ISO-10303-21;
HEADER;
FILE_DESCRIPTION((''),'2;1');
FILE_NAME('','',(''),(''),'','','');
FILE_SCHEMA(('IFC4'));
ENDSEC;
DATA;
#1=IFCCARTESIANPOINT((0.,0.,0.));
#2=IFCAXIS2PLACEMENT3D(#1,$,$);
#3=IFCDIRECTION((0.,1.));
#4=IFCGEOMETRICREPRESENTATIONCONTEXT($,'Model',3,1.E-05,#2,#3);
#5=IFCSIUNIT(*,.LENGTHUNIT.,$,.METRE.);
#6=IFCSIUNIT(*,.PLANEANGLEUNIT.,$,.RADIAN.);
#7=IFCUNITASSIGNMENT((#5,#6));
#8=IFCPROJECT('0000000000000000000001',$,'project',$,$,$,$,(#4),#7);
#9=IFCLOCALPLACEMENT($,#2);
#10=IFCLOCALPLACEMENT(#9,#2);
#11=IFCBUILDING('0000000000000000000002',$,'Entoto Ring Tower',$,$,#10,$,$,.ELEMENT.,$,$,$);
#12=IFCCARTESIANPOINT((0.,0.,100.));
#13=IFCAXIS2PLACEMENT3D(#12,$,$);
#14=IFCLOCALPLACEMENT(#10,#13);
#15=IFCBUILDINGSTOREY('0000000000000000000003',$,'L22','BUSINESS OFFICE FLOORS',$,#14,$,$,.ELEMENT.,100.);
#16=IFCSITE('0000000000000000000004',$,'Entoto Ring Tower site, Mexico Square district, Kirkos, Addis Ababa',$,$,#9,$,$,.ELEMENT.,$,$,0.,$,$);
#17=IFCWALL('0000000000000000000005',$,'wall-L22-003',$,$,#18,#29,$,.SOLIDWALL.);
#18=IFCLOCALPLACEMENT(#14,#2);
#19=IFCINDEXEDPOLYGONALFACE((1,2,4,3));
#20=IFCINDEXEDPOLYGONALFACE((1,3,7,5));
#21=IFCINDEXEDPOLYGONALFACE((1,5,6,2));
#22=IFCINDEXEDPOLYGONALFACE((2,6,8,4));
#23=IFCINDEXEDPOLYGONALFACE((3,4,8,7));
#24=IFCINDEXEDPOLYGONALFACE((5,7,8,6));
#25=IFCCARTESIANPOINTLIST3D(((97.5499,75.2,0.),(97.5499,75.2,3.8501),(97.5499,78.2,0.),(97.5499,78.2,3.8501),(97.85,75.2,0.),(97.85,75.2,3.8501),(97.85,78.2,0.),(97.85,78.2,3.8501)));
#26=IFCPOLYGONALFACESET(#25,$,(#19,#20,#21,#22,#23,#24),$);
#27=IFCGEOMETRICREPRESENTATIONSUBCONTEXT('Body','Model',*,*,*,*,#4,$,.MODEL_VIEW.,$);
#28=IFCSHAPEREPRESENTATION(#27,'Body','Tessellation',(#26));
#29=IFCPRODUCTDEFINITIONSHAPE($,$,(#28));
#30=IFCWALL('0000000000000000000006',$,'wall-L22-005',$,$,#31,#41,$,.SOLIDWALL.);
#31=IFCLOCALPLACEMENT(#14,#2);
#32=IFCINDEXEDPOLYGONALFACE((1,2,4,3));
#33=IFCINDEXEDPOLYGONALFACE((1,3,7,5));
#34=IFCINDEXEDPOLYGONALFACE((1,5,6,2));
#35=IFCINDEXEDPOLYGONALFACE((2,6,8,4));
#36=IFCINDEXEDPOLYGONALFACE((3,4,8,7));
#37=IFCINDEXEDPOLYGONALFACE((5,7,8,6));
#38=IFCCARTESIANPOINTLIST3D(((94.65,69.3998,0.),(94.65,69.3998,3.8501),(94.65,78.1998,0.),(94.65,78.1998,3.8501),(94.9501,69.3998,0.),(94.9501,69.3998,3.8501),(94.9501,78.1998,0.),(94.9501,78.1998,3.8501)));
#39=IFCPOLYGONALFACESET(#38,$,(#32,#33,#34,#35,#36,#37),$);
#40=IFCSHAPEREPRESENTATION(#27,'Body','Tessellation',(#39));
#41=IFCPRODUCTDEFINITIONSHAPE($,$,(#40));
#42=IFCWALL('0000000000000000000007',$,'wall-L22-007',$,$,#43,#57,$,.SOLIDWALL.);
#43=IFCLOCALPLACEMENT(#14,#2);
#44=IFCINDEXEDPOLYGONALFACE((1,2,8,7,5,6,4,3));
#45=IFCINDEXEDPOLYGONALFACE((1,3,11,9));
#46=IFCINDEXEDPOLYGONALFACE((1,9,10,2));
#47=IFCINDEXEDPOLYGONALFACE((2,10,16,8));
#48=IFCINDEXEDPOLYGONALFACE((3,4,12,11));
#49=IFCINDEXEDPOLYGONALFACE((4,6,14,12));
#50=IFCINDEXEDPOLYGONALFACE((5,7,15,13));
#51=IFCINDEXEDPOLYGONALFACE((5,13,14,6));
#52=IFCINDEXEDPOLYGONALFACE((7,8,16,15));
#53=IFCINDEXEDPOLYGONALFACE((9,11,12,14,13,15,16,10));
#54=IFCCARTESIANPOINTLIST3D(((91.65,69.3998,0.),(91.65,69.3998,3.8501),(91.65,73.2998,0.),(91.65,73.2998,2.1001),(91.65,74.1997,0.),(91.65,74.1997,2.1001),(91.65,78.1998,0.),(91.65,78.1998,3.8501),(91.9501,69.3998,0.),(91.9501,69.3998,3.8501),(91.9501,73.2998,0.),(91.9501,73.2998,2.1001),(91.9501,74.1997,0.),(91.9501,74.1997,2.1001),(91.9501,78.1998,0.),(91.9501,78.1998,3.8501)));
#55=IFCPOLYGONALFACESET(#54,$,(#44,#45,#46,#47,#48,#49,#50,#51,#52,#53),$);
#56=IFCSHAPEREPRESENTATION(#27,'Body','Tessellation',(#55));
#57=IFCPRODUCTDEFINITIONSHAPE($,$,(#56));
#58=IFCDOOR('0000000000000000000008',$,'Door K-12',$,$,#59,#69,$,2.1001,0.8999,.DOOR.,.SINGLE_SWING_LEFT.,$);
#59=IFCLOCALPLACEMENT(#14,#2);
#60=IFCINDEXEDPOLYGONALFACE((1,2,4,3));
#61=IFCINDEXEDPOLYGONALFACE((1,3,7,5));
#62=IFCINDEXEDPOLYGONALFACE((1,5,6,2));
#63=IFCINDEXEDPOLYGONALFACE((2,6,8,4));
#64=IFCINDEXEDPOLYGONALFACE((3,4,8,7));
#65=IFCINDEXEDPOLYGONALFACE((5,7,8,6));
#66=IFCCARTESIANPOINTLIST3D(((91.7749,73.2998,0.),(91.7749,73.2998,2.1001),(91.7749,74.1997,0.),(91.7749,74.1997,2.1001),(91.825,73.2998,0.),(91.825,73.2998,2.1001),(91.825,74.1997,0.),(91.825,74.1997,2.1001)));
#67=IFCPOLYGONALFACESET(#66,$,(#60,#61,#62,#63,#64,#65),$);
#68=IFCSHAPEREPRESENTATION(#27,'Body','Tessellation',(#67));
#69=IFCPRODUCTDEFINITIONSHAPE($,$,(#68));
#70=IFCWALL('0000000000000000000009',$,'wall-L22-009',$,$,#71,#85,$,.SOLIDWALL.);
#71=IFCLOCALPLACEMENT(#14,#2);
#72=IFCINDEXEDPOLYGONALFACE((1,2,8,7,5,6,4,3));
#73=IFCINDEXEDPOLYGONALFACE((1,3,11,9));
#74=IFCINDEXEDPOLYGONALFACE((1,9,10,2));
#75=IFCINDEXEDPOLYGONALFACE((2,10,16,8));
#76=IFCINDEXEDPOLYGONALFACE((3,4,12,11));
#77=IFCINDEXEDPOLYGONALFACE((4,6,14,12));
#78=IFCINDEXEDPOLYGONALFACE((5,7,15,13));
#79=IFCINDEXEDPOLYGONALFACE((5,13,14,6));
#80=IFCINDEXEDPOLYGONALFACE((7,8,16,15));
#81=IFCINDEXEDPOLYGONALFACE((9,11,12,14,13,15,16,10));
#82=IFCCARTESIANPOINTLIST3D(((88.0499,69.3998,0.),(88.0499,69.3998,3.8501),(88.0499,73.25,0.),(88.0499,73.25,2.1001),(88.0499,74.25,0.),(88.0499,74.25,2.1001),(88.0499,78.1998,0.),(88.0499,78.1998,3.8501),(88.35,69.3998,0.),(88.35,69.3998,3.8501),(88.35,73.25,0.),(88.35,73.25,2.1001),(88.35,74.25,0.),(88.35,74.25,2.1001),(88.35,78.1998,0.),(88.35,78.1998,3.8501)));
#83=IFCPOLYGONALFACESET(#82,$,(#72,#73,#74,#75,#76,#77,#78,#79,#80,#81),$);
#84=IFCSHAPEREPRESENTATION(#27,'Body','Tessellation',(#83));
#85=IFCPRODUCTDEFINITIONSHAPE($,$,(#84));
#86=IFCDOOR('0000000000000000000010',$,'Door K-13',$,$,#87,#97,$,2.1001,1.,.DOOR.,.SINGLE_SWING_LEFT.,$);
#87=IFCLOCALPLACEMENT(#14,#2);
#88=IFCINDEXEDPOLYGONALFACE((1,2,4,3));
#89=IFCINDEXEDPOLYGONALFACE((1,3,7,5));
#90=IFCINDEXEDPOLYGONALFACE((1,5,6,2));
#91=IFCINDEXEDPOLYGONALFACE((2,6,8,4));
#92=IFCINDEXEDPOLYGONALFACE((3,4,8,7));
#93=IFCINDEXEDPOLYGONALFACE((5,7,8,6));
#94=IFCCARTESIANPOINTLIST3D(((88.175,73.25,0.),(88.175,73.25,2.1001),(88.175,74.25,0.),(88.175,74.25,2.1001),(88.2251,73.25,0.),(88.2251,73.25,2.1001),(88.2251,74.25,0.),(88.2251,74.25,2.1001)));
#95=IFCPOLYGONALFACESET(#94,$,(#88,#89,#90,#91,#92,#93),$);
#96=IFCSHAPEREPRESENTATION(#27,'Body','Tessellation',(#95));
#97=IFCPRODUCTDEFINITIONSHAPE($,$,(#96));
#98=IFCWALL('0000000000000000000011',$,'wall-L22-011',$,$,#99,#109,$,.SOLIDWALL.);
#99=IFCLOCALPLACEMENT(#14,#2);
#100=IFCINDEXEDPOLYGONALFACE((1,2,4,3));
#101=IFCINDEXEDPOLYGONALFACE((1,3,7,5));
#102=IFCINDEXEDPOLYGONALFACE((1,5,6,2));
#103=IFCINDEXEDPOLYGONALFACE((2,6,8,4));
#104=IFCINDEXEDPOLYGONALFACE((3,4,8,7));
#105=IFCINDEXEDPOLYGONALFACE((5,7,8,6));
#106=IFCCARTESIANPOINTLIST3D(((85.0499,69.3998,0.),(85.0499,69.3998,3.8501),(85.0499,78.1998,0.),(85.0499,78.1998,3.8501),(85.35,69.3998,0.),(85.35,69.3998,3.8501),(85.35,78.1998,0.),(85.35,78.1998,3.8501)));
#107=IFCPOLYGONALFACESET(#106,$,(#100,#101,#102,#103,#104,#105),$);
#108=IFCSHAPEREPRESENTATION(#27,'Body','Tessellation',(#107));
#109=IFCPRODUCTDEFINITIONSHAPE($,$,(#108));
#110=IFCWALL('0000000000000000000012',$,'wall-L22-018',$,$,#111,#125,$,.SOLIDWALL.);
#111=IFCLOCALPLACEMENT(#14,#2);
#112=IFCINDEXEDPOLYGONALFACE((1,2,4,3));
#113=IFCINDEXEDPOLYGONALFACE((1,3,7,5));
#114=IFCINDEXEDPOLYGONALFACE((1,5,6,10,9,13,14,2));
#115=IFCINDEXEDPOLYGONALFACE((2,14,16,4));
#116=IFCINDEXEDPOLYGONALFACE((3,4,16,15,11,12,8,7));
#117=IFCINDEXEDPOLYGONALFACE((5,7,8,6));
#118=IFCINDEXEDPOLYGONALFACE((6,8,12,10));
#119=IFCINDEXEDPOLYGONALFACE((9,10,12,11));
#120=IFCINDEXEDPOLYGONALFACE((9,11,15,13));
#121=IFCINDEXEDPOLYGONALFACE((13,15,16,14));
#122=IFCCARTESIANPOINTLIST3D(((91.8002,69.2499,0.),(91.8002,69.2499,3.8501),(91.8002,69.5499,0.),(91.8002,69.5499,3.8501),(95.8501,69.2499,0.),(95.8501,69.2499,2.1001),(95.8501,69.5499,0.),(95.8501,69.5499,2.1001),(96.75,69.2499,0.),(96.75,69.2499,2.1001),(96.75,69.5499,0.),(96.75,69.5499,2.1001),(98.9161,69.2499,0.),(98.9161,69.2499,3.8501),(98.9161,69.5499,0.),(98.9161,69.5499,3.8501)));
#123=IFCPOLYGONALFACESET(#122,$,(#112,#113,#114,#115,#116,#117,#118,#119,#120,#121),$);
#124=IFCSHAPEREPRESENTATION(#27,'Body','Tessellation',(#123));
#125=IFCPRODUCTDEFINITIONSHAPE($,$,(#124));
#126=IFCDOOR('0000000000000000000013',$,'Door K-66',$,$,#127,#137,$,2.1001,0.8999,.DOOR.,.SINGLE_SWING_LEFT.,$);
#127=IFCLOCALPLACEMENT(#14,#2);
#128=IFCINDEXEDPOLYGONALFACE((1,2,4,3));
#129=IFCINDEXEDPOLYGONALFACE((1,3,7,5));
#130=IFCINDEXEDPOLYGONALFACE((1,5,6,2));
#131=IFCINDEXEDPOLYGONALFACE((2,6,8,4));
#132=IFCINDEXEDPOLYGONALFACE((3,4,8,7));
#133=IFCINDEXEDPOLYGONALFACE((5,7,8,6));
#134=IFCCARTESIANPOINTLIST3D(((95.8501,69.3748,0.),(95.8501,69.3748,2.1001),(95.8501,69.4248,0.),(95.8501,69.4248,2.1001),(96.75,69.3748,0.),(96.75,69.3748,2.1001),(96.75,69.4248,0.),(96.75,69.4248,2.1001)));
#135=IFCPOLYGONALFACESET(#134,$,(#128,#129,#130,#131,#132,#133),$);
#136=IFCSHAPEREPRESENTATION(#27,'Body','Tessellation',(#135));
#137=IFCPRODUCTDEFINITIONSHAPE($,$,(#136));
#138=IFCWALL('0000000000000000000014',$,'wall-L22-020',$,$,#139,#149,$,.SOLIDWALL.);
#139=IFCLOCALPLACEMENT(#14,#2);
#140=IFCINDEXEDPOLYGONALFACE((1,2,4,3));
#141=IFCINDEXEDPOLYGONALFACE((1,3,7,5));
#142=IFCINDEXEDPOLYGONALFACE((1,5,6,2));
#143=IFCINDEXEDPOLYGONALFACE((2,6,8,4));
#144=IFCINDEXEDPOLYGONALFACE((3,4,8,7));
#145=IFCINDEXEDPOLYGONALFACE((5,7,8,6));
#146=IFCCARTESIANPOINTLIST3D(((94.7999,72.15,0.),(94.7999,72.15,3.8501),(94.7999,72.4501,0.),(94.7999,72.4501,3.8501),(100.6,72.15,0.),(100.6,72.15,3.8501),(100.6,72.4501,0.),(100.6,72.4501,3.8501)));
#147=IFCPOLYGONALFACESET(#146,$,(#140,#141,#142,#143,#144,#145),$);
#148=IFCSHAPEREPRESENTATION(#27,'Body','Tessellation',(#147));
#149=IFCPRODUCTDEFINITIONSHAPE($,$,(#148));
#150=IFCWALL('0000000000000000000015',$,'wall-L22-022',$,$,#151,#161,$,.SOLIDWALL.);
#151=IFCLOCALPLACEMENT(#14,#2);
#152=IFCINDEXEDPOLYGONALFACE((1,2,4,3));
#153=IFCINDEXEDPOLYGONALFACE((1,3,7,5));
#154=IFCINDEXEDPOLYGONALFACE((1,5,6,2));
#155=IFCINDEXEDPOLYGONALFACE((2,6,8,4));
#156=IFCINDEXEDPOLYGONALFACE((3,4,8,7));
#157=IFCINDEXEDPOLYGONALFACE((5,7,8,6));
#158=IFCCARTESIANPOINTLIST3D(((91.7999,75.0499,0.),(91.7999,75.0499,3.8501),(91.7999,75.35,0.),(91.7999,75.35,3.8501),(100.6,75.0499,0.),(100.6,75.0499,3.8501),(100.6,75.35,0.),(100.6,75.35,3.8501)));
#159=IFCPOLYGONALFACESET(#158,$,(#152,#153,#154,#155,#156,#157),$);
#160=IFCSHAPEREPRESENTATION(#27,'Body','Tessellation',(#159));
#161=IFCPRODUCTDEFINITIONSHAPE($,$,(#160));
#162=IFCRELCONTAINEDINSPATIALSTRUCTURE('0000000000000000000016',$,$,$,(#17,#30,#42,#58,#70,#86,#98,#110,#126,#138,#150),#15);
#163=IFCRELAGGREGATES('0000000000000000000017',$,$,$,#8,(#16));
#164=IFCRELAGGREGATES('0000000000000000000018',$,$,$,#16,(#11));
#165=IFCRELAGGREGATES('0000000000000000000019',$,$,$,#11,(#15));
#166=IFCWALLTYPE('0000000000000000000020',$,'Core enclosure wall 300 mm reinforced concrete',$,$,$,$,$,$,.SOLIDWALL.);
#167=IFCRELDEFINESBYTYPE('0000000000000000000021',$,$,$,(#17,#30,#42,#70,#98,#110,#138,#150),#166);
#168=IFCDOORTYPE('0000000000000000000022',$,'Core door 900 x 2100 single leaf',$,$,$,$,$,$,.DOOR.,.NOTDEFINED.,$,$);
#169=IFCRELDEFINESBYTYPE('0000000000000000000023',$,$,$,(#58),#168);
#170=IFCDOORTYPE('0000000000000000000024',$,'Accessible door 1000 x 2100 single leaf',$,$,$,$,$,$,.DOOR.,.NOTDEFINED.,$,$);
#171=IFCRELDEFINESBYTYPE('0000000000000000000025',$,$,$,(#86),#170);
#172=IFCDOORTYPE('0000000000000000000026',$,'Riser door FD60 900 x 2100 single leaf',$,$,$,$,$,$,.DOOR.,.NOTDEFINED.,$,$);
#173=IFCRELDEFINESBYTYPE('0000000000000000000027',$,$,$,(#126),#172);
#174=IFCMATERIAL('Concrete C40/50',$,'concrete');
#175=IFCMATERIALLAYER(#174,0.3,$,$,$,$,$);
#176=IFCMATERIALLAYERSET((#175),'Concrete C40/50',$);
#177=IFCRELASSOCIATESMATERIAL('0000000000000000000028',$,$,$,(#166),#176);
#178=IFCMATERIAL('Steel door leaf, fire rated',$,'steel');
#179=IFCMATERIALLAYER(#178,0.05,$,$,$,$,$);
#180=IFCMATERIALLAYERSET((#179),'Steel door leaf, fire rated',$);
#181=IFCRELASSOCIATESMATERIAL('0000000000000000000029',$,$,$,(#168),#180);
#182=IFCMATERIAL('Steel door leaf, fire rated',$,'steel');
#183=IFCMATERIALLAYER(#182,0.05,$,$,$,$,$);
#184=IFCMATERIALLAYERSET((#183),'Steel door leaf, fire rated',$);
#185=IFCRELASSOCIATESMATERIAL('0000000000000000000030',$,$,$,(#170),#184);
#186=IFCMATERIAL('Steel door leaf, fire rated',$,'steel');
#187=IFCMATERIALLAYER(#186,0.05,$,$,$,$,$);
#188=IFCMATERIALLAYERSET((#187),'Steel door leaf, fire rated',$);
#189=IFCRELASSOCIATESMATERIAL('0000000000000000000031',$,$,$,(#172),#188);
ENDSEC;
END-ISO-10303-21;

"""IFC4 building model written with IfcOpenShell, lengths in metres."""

from ifc_helpers import new_model, si_unit, direction, frame, frame_2d, origin, place, context, subcontext, project, spatial, rectangle, extrude, material, layer, layer_set, type_object, element, fill, save


model = new_model("IFC4")

# Units and contexts
model_context = context("Model", 3, precision=1e-05, world=origin(), true_north=direction((0.0, 1.0)))
body_context = subcontext(model_context, "Body", "Model", "MODEL_VIEW")
ifc_project = project(units=[si_unit("LENGTHUNIT", "METRE"), si_unit("PLANEANGLEUNIT", "RADIAN")], contexts=[model_context])

# Site, building, storey
site_placement = place(None, origin())
site = spatial("IfcSite", under=ifc_project, at=site_placement, Name="Entoto Ring Tower site, Mexico Square district, Kirkos, Addis Ababa", CompositionType="ELEMENT", RefElevation=0.0)
building_placement = place(site_placement, origin())
building = spatial("IfcBuilding", under=site, at=building_placement, Name="Entoto Ring Tower", CompositionType="ELEMENT")
storey_placement = place(building_placement, frame((0.0, 0.0, 100.0)))
storey = spatial("IfcBuildingStorey", under=building, at=storey_placement, Name="L22", Description="BUSINESS OFFICE FLOORS", CompositionType="ELEMENT", Elevation=100.0)

# Walls
ifc_material_1 = material(Name="Concrete C40/50", Category="concrete")
ifc_layer_1 = layer(ifc_material_1, 0.3)
ifc_layer_set_1 = layer_set([ifc_layer_1], Name="Concrete C40/50")
wall_type_1 = type_object("IfcWallType", Name="Core enclosure wall 300 mm reinforced concrete", PredefinedType="SOLIDWALL", material=ifc_layer_set_1)
wall_1_placement = place(storey_placement, frame((97.7, 75.2, 0.0), z_axis=(0.0, 0.0, 1.0), x_axis=(0.0, 1.0, 0.0)))
element("IfcWall", 1, at=wall_1_placement, inside=storey, type_object=wall_type_1, Name="wall-L22-003", PredefinedType="SOLIDWALL", context=body_context, shape_type="SweptSolid", body=[
    extrude(rectangle(XDim=3.0, YDim=0.3, at=frame_2d((1.5, 0.0))), origin(), (0.0, 0.0, 1.0), 3.8501),
])
wall_2_placement = place(storey_placement, frame((94.8, 69.3999, 0.0), z_axis=(0.0, 0.0, 1.0), x_axis=(0.0, 1.0, 0.0)))
element("IfcWall", 2, at=wall_2_placement, inside=storey, type_object=wall_type_1, Name="wall-L22-005", PredefinedType="SOLIDWALL", context=body_context, shape_type="SweptSolid", body=[
    extrude(rectangle(XDim=8.8, YDim=0.3, at=frame_2d((4.3999, 0.0))), origin(), (0.0, 0.0, 1.0), 3.8501),
])

# Walls, openings, doors
wall_3_placement = place(storey_placement, frame((91.8, 69.3999, 0.0), z_axis=(0.0, 0.0, 1.0), x_axis=(0.0, 1.0, 0.0)))
wall_3 = element("IfcWall", 3, at=wall_3_placement, inside=storey, type_object=wall_type_1, Name="wall-L22-007", PredefinedType="SOLIDWALL", context=body_context, shape_type="SweptSolid", body=[
    extrude(rectangle(XDim=8.8, YDim=0.3, at=frame_2d((4.3999, 0.0))), origin(), (0.0, 0.0, 1.0), 3.8501),
])
opening_1_placement = place(wall_3_placement, frame((3.8999, 0.0, 0.0)))
opening_1 = element("IfcOpeningElement", 4, at=opening_1_placement, cuts=wall_3, PredefinedType="OPENING", context=body_context, shape_type="SweptSolid", body=[
    extrude(rectangle(XDim=0.8999, YDim=2.1001, at=frame_2d((0.45, 1.05))), frame((0.0, 0.1602, 0.0), z_axis=(0.0, -1.0, 0.0), x_axis=(1.0, 0.0, 0.0)), (0.0, 0.0, 1.0), 0.3201),
])
ifc_material_2 = material(Name="Steel door leaf, fire rated", Category="steel")
ifc_layer_2 = layer(ifc_material_2, 0.05)
ifc_layer_set_2 = layer_set([ifc_layer_2], Name="Steel door leaf, fire rated")
door_type_1 = type_object("IfcDoorType", Name="Core door 900 x 2100 single leaf", OperationType="NOTDEFINED", PredefinedType="DOOR", material=ifc_layer_set_2)
door_1_placement = place(opening_1_placement, frame((0.8999, 0.0, 0.0), z_axis=(0.0, 0.0, 1.0), x_axis=(-1.0, 0.0, 0.0)))
door_1 = element("IfcDoor", 5, at=door_1_placement, inside=storey, type_object=door_type_1, Name="Door K-12", OperationType="SINGLE_SWING_LEFT", OverallHeight=2.1001, OverallWidth=0.8999, PredefinedType="DOOR", context=body_context, shape_type="SweptSolid", body=[
    extrude(rectangle(XDim=0.8999, YDim=2.1001, at=frame_2d((0.45, 1.05))), frame((0.0, 0.0249, 0.0), z_axis=(0.0, -1.0, 0.0), x_axis=(1.0, 0.0, 0.0)), (0.0, 0.0, 1.0), 0.05),
])
fill(opening_1, door_1)
wall_4_placement = place(storey_placement, frame((88.2, 69.3999, 0.0), z_axis=(0.0, 0.0, 1.0), x_axis=(0.0, 1.0, 0.0)))
wall_4 = element("IfcWall", 6, at=wall_4_placement, inside=storey, type_object=wall_type_1, Name="wall-L22-009", PredefinedType="SOLIDWALL", context=body_context, shape_type="SweptSolid", body=[
    extrude(rectangle(XDim=8.8, YDim=0.3, at=frame_2d((4.3999, 0.0))), origin(), (0.0, 0.0, 1.0), 3.8501),
])
opening_2_placement = place(wall_4_placement, frame((3.8501, 0.0, 0.0)))
opening_2 = element("IfcOpeningElement", 7, at=opening_2_placement, cuts=wall_4, PredefinedType="OPENING", context=body_context, shape_type="SweptSolid", body=[
    extrude(rectangle(XDim=1.0, YDim=2.1001, at=frame_2d((0.5, 1.05))), frame((0.0, 0.1602, 0.0), z_axis=(0.0, -1.0, 0.0), x_axis=(1.0, 0.0, 0.0)), (0.0, 0.0, 1.0), 0.3201),
])
ifc_material_3 = material(Name="Steel door leaf, fire rated", Category="steel")
ifc_layer_3 = layer(ifc_material_3, 0.05)
ifc_layer_set_3 = layer_set([ifc_layer_3], Name="Steel door leaf, fire rated")
door_type_2 = type_object("IfcDoorType", Name="Accessible door 1000 x 2100 single leaf", OperationType="NOTDEFINED", PredefinedType="DOOR", material=ifc_layer_set_3)
door_2_placement = place(opening_2_placement, origin())
door_2 = element("IfcDoor", 8, at=door_2_placement, inside=storey, type_object=door_type_2, Name="Door K-13", OperationType="SINGLE_SWING_LEFT", OverallHeight=2.1001, OverallWidth=1.0, PredefinedType="DOOR", context=body_context, shape_type="SweptSolid", body=[
    extrude(rectangle(XDim=1.0, YDim=2.1001, at=frame_2d((0.5, 1.05))), frame((0.0, 0.0249, 0.0), z_axis=(0.0, -1.0, 0.0), x_axis=(1.0, 0.0, 0.0)), (0.0, 0.0, 1.0), 0.05),
])
fill(opening_2, door_2)

# Wall
wall_5_placement = place(storey_placement, frame((85.2, 69.3999, 0.0), z_axis=(0.0, 0.0, 1.0), x_axis=(0.0, 1.0, 0.0)))
element("IfcWall", 9, at=wall_5_placement, inside=storey, type_object=wall_type_1, Name="wall-L22-011", PredefinedType="SOLIDWALL", context=body_context, shape_type="SweptSolid", body=[
    extrude(rectangle(XDim=8.8, YDim=0.3, at=frame_2d((4.3999, 0.0))), origin(), (0.0, 0.0, 1.0), 3.8501),
])

# Wall, opening, door
wall_6_placement = place(storey_placement, frame((91.8, 69.3999, 0.0), z_axis=(0.0, 0.0, 1.0), x_axis=(1.0, 0.0, 0.0)))
wall_6 = element("IfcWall", 10, at=wall_6_placement, inside=storey, type_object=wall_type_1, Name="wall-L22-018", PredefinedType="SOLIDWALL", context=body_context, shape_type="SweptSolid", body=[
    extrude(rectangle(XDim=7.116, YDim=0.3, at=frame_2d((3.5581, 0.0))), origin(), (0.0, 0.0, 1.0), 3.8501),
])
opening_3_placement = place(wall_6_placement, frame((4.05, 0.0, 0.0)))
opening_3 = element("IfcOpeningElement", 11, at=opening_3_placement, cuts=wall_6, PredefinedType="OPENING", context=body_context, shape_type="SweptSolid", body=[
    extrude(rectangle(XDim=0.8999, YDim=2.1001, at=frame_2d((0.45, 1.05))), frame((0.0, 0.1602, 0.0), z_axis=(0.0, -1.0, 0.0), x_axis=(1.0, 0.0, 0.0)), (0.0, 0.0, 1.0), 0.3201),
])
ifc_material_4 = material(Name="Steel door leaf, fire rated", Category="steel")
ifc_layer_4 = layer(ifc_material_4, 0.05)
ifc_layer_set_4 = layer_set([ifc_layer_4], Name="Steel door leaf, fire rated")
door_type_3 = type_object("IfcDoorType", Name="Riser door FD60 900 x 2100 single leaf", OperationType="NOTDEFINED", PredefinedType="DOOR", material=ifc_layer_set_4)
door_3_placement = place(opening_3_placement, origin())
door_3 = element("IfcDoor", 12, at=door_3_placement, inside=storey, type_object=door_type_3, Name="Door K-66", OperationType="SINGLE_SWING_LEFT", OverallHeight=2.1001, OverallWidth=0.8999, PredefinedType="DOOR", context=body_context, shape_type="SweptSolid", body=[
    extrude(rectangle(XDim=0.8999, YDim=2.1001, at=frame_2d((0.45, 1.05))), frame((0.0, 0.0249, 0.0), z_axis=(0.0, -1.0, 0.0), x_axis=(1.0, 0.0, 0.0)), (0.0, 0.0, 1.0), 0.05),
])
fill(opening_3, door_3)

# Walls
wall_7_placement = place(storey_placement, frame((94.8, 72.3, 0.0), z_axis=(0.0, 0.0, 1.0), x_axis=(1.0, 0.0, 0.0)))
element("IfcWall", 13, at=wall_7_placement, inside=storey, type_object=wall_type_1, Name="wall-L22-020", PredefinedType="SOLIDWALL", context=body_context, shape_type="SweptSolid", body=[
    extrude(rectangle(XDim=5.8, YDim=0.3, at=frame_2d((2.8999, 0.0))), origin(), (0.0, 0.0, 1.0), 3.8501),
])
wall_8_placement = place(storey_placement, frame((91.8, 75.2, 0.0), z_axis=(0.0, 0.0, 1.0), x_axis=(1.0, 0.0, 0.0)))
element("IfcWall", 14, at=wall_8_placement, inside=storey, type_object=wall_type_1, Name="wall-L22-022", PredefinedType="SOLIDWALL", context=body_context, shape_type="SweptSolid", body=[
    extrude(rectangle(XDim=8.8, YDim=0.3, at=frame_2d((4.3999, 0.0))), origin(), (0.0, 0.0, 1.0), 3.8501),
])

save(model, "model.ifc")
